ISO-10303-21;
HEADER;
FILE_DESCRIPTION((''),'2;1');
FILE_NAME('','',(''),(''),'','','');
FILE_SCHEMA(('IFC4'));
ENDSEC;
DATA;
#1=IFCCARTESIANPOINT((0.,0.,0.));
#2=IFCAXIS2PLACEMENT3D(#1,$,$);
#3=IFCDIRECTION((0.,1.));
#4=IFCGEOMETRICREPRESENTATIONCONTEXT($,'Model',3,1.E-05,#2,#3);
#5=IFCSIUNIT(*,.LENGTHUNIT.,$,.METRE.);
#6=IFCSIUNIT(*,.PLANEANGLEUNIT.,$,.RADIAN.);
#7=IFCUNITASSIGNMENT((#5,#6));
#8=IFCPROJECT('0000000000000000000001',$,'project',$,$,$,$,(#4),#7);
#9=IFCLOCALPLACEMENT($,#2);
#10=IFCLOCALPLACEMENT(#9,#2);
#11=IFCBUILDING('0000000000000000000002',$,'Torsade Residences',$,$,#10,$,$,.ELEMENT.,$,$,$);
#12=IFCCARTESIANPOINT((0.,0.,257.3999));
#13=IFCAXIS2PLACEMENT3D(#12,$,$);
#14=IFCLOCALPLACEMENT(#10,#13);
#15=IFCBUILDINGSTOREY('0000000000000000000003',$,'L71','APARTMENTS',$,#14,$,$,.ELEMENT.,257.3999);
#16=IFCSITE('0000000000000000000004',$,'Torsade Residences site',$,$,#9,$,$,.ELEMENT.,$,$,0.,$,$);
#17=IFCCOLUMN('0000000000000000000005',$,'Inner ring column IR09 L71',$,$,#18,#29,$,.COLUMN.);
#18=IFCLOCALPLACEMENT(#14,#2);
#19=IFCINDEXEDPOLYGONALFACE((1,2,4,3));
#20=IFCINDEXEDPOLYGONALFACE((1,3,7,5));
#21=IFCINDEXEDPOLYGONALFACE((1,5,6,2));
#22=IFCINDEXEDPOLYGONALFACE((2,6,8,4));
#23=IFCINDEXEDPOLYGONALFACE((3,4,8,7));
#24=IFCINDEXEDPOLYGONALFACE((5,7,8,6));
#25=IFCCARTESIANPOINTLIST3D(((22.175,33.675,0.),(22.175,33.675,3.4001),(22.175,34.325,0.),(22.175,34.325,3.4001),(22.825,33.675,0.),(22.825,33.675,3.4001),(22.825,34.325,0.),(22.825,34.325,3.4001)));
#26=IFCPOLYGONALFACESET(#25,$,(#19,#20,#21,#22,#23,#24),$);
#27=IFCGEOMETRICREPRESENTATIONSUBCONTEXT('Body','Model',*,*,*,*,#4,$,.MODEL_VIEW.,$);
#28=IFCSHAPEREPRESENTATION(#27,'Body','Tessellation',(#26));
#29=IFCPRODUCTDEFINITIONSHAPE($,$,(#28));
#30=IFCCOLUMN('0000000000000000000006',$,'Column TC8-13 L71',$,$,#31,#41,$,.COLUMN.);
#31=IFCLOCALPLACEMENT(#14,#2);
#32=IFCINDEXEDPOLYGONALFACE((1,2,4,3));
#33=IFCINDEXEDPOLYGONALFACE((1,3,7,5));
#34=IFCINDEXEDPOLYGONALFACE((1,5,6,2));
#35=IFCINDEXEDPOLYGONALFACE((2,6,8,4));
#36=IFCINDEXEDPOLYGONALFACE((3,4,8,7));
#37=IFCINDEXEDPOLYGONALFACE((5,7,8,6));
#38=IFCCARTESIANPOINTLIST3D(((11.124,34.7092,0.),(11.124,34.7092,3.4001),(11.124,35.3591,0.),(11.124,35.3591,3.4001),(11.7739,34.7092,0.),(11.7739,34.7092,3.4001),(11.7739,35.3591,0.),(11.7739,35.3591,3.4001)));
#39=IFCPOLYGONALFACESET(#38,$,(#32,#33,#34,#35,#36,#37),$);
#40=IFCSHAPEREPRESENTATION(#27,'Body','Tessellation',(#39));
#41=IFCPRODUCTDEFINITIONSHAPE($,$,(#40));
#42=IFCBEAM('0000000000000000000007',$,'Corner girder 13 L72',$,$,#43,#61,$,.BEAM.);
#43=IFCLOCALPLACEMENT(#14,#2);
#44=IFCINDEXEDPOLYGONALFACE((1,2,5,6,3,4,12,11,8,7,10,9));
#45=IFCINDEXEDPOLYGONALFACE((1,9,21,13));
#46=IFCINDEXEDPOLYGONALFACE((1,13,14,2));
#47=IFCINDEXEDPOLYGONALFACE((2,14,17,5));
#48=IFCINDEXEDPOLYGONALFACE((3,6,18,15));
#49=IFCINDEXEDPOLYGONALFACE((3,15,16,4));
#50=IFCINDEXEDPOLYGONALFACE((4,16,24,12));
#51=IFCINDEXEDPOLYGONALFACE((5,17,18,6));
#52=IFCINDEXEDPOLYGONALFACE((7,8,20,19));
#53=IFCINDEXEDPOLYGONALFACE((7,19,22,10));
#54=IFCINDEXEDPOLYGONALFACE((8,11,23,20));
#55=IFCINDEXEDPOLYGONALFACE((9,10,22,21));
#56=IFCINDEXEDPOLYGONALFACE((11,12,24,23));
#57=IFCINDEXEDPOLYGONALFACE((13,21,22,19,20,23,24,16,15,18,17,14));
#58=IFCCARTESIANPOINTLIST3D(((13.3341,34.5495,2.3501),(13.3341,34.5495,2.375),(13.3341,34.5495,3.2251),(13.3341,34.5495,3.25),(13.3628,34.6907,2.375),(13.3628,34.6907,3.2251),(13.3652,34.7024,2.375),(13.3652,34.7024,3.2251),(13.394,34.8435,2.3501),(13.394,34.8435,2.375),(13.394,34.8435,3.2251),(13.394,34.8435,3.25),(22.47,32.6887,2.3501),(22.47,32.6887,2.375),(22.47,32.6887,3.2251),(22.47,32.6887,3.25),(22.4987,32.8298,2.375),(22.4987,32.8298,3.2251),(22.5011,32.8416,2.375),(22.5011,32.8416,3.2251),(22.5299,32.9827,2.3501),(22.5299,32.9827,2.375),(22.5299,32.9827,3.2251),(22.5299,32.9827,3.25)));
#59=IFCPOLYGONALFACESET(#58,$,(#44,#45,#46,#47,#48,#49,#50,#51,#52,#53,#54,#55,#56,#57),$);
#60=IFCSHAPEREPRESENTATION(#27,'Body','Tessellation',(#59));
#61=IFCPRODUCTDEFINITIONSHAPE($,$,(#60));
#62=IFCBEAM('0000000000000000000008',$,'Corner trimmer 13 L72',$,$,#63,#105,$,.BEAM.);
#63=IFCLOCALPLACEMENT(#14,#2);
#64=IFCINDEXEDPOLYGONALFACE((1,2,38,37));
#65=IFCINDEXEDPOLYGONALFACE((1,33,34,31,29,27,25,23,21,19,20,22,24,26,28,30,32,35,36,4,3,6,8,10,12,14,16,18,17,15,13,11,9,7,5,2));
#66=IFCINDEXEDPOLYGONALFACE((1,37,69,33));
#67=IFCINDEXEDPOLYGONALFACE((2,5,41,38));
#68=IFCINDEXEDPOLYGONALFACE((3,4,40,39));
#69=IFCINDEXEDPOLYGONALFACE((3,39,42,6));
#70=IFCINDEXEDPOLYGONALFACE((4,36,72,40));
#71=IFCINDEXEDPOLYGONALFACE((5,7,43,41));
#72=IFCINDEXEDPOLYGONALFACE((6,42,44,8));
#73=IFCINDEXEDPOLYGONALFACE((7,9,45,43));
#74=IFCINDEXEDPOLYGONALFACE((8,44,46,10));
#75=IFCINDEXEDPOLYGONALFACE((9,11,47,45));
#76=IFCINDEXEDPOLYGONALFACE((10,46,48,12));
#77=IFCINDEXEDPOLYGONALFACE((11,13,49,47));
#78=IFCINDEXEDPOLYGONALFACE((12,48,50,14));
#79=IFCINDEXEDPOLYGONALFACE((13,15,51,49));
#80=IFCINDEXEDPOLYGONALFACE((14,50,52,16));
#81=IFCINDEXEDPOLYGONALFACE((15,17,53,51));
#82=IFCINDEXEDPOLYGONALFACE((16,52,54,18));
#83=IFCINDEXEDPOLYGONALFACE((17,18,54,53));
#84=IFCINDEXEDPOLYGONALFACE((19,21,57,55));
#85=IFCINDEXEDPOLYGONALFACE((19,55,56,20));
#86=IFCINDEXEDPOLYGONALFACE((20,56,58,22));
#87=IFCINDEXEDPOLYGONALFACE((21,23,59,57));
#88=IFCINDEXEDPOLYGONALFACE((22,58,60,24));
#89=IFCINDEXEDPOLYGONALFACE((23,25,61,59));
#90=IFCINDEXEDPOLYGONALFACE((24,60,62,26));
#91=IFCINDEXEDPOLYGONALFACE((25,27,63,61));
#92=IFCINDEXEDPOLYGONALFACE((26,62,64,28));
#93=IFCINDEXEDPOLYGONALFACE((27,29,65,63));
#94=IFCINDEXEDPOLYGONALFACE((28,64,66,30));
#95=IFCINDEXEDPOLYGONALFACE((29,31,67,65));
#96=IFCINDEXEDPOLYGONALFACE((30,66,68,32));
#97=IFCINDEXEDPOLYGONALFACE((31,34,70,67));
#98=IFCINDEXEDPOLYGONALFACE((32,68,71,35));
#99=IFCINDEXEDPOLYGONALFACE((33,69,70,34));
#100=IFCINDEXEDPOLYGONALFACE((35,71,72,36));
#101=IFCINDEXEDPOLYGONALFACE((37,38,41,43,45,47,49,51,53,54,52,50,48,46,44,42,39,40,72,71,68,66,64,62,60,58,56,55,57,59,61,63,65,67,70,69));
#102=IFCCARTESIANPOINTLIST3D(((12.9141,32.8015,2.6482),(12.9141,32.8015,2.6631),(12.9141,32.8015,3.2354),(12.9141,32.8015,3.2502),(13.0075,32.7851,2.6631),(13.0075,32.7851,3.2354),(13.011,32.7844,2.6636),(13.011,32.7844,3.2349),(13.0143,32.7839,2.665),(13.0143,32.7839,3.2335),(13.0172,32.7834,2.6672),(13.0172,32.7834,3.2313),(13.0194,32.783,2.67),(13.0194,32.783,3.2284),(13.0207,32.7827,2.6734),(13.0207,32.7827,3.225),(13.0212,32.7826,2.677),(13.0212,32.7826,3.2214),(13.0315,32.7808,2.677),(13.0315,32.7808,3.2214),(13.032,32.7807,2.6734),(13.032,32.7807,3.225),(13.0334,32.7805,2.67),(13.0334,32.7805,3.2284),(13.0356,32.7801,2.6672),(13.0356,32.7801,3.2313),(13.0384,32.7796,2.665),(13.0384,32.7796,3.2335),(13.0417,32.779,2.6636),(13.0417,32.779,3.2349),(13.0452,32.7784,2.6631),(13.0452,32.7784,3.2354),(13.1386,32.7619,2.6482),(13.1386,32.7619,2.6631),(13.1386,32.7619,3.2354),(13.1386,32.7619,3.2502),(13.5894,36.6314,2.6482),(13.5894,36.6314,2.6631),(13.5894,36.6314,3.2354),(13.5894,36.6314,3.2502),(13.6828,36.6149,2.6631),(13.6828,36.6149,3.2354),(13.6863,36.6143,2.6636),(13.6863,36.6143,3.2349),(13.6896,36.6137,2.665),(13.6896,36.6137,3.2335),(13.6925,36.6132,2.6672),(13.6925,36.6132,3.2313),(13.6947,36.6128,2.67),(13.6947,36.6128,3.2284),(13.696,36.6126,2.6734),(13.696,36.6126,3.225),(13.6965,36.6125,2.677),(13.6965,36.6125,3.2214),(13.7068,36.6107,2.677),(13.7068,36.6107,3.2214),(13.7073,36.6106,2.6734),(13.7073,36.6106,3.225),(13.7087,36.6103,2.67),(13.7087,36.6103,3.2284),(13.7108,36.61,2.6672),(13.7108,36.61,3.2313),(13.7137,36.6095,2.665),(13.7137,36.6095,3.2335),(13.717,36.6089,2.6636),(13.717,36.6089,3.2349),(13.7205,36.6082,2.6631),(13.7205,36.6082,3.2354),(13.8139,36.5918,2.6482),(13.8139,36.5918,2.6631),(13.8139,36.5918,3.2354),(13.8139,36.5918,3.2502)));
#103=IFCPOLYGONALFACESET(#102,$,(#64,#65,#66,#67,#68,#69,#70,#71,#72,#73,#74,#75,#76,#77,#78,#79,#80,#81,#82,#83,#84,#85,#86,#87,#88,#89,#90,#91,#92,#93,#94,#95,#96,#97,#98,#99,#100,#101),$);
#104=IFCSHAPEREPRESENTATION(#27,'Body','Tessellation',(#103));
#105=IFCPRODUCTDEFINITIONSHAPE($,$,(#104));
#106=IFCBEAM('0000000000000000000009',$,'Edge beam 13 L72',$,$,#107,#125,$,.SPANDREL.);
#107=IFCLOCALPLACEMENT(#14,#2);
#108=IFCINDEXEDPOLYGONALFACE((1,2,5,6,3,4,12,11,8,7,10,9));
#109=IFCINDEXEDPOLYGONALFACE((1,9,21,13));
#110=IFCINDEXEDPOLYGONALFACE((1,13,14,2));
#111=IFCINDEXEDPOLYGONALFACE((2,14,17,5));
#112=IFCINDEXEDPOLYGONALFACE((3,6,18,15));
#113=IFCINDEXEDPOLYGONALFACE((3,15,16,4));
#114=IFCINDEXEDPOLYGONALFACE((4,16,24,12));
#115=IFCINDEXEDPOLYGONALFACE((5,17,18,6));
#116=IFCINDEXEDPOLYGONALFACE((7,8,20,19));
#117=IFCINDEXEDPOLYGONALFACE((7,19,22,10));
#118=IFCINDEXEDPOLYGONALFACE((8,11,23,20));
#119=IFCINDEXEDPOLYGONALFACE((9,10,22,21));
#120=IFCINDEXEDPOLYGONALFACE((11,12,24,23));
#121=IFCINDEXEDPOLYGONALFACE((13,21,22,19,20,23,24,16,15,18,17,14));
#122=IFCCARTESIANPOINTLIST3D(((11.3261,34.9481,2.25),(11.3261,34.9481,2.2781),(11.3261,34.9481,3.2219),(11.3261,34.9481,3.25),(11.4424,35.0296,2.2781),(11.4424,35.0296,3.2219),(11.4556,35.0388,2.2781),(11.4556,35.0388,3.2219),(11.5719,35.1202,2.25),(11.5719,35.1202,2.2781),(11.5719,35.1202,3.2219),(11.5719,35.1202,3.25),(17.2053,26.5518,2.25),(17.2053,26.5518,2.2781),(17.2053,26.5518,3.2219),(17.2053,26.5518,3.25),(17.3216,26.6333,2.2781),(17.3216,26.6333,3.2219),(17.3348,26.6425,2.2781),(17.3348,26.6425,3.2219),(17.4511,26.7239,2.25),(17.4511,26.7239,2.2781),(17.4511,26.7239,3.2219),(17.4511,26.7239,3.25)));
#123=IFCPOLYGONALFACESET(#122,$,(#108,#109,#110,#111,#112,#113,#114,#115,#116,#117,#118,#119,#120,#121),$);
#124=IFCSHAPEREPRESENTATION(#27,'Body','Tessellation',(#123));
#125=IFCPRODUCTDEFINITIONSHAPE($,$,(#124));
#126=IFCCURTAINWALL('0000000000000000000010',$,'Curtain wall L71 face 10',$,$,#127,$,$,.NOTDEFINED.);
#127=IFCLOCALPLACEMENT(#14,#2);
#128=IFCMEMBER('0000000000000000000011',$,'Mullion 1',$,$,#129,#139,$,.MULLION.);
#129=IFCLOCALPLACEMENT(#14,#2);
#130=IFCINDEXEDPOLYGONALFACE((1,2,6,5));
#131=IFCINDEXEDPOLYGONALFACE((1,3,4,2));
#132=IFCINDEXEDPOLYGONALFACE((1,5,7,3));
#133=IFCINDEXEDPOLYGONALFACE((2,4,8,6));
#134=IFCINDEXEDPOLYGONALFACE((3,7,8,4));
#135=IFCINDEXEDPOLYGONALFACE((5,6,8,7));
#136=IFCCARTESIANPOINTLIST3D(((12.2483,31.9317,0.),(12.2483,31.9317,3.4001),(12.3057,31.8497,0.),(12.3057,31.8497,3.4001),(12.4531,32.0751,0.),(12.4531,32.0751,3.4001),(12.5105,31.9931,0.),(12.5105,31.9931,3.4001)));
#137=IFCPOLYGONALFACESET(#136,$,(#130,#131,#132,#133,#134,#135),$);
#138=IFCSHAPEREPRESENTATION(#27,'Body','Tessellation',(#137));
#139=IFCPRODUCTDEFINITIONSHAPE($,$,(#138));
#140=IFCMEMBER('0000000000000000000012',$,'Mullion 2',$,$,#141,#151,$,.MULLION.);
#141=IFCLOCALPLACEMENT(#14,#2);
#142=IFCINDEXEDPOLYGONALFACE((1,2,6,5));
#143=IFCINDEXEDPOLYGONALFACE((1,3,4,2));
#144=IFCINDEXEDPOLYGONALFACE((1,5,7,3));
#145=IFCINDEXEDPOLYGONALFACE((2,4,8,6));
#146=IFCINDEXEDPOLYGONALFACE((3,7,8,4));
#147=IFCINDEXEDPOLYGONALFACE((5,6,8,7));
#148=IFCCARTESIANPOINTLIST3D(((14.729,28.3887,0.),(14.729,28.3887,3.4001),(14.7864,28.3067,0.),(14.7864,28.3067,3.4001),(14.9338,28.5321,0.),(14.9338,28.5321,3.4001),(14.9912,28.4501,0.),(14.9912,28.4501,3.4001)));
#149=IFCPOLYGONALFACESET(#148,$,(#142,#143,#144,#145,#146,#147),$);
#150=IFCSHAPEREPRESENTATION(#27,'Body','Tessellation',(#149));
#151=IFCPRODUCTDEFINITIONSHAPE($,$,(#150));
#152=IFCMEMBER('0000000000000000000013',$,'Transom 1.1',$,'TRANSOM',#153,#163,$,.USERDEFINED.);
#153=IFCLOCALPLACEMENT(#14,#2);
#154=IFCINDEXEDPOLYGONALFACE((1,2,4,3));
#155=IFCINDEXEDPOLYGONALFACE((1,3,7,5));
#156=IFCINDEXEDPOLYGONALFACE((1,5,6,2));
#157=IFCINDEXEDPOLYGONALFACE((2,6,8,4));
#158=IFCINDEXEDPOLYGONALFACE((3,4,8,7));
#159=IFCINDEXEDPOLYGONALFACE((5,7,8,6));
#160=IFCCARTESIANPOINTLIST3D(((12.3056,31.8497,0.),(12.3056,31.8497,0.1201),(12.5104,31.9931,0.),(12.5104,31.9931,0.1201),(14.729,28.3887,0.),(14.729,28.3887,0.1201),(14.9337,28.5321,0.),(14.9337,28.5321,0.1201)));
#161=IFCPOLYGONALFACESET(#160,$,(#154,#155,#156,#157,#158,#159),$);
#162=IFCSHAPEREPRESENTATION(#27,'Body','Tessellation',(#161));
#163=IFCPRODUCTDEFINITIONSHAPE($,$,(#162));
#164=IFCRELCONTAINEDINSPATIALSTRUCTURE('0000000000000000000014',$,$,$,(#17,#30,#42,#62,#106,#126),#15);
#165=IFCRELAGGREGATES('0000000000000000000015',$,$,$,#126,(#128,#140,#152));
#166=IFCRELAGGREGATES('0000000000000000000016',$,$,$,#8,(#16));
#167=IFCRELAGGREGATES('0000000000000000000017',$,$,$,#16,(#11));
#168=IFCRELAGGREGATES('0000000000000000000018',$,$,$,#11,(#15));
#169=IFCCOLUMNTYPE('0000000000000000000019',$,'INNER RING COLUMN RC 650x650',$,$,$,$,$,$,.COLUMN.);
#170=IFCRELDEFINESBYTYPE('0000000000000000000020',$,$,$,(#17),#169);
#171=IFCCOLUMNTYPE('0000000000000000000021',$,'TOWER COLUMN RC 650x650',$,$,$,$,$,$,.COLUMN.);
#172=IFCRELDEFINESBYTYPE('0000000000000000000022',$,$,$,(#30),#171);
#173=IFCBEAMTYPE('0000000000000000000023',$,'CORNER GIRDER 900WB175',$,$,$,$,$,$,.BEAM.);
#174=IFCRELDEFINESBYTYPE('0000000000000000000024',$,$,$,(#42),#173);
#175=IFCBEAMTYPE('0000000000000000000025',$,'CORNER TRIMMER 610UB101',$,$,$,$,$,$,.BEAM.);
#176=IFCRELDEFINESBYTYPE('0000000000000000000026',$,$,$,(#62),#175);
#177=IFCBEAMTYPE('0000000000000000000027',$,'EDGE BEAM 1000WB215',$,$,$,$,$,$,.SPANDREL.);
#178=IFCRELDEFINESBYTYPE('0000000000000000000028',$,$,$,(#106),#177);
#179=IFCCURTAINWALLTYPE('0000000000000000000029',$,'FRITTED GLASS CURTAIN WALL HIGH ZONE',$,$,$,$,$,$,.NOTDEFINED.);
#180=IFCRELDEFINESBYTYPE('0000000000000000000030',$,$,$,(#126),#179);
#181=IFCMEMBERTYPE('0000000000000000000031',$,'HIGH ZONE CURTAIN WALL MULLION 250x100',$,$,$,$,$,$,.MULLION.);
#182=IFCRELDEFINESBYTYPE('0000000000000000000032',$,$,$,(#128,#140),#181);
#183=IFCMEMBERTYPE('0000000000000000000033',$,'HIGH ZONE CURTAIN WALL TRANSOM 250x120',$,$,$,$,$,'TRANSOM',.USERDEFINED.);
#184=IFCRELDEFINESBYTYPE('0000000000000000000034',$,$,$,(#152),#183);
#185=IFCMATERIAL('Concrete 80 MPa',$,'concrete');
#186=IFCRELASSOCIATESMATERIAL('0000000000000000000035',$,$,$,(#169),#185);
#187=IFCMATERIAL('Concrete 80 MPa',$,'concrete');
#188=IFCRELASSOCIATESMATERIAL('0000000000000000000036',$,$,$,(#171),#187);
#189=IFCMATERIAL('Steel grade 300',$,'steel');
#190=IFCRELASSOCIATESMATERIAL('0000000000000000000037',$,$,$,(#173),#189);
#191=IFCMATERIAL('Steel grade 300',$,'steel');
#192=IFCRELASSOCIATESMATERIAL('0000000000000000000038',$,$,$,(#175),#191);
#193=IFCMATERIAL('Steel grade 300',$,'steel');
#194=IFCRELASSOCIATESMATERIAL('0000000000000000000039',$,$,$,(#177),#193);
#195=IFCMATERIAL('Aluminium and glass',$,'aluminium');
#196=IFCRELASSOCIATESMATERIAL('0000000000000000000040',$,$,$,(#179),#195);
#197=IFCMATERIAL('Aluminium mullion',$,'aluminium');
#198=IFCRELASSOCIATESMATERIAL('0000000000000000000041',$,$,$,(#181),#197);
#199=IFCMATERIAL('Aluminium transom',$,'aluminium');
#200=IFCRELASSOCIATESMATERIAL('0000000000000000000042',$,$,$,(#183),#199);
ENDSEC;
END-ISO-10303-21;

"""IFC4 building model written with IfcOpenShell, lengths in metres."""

from ifc_helpers import new_model, si_unit, direction, frame, origin, origin_2d, place, context, subcontext, project, spatial, rectangle, i_section, extrude, material, material_profile, profile_set, type_object, element, aggregate, save


model = new_model("IFC4")

# Units and contexts
model_context = context("Model", 3, precision=1e-05, world=origin(), true_north=direction((0.0, 1.0)))
body_context = subcontext(model_context, "Body", "Model", "MODEL_VIEW")
ifc_project = project(units=[si_unit("LENGTHUNIT", "METRE"), si_unit("PLANEANGLEUNIT", "RADIAN")], contexts=[model_context])

# Site, building, storey
site_placement = place(None, origin())
site = spatial("IfcSite", under=ifc_project, at=site_placement, Name="Torsade Residences site", CompositionType="ELEMENT", RefElevation=0.0)
building_placement = place(site_placement, origin())
building = spatial("IfcBuilding", under=site, at=building_placement, Name="Torsade Residences", CompositionType="ELEMENT")
storey_placement = place(building_placement, frame((0.0, 0.0, 257.3999)))
storey = spatial("IfcBuildingStorey", under=building, at=storey_placement, Name="L71", Description="APARTMENTS", CompositionType="ELEMENT", Elevation=257.3999)

# Columns
ifc_material_1 = material(Name="Concrete 80 MPa", Category="concrete")
ifc_material_profile_1 = material_profile(ifc_material_1, rectangle(XDim=0.6499, YDim=0.6499, at=origin_2d()), Name="RC 650x650")
ifc_profile_set_1 = profile_set([ifc_material_profile_1], Name="Concrete 80 MPa")
column_type_1 = type_object("IfcColumnType", Name="INNER RING COLUMN RC 650x650", PredefinedType="COLUMN", material=ifc_profile_set_1)
column_1_placement = place(storey_placement, frame((22.5, 34.0, 0.0), z_axis=(0.0, 0.0, 1.0), x_axis=(1.0, 0.0, 0.0)))
element("IfcColumn", 1, at=column_1_placement, inside=storey, type_object=column_type_1, Name="Inner ring column IR09 L71", PredefinedType="COLUMN", context=body_context, shape_type="SweptSolid", body=[
    extrude(rectangle(XDim=0.6499, YDim=0.6499, at=origin_2d()), origin(), (0.0, 0.0, 1.0), 3.4001),
])
ifc_material_2 = material(Name="Concrete 80 MPa", Category="concrete")
ifc_material_profile_2 = material_profile(ifc_material_2, rectangle(XDim=0.6499, YDim=0.6499, at=origin_2d()), Name="RC 650x650")
ifc_profile_set_2 = profile_set([ifc_material_profile_2], Name="Concrete 80 MPa")
column_type_2 = type_object("IfcColumnType", Name="TOWER COLUMN RC 650x650", PredefinedType="COLUMN", material=ifc_profile_set_2)
column_2_placement = place(storey_placement, frame((11.449, 35.0342, 0.0), z_axis=(0.0, 0.0, 1.0), x_axis=(1.0, 0.0, 0.0)))
element("IfcColumn", 2, at=column_2_placement, inside=storey, type_object=column_type_2, Name="Column TC8-13 L71", PredefinedType="COLUMN", context=body_context, shape_type="SweptSolid", body=[
    extrude(rectangle(XDim=0.6499, YDim=0.6499, at=origin_2d()), origin(), (0.0, 0.0, 1.0), 3.4001),
])

# Beams
ifc_material_3 = material(Name="Steel grade 300", Category="steel")
ifc_material_profile_3 = material_profile(ifc_material_3, i_section(OverallWidth=0.3, OverallDepth=0.8999, WebThickness=0.012, FlangeThickness=0.0249, at=origin_2d()), Name="900WB175")
ifc_profile_set_3 = profile_set([ifc_material_profile_3], Name="Steel grade 300")
beam_type_1 = type_object("IfcBeamType", Name="CORNER GIRDER 900WB175", PredefinedType="BEAM", material=ifc_profile_set_3)
beam_1_placement = place(storey_placement, frame((13.364, 34.6965, 2.8), z_axis=(0.979881, -0.199584, 0.0), x_axis=(0.199584, 0.979881, 0.0)))
element("IfcBeam", 3, at=beam_1_placement, inside=storey, type_object=beam_type_1, Name="Corner girder 13 L72", PredefinedType="BEAM", context=body_context, shape_type="SweptSolid", body=[
    extrude(i_section(OverallWidth=0.3, OverallDepth=0.8999, WebThickness=0.012, FlangeThickness=0.0249, at=origin_2d()), origin(), (0.0, 0.0, 1.0), 9.3235),
])
ifc_material_4 = material(Name="Steel grade 300", Category="steel")
ifc_material_profile_4 = material_profile(ifc_material_4, i_section(OverallWidth=0.228, OverallDepth=0.6021, WebThickness=0.0105, FlangeThickness=0.0149, FilletRadius=0.0139, at=origin_2d()), Name="610UB101")
ifc_profile_set_4 = profile_set([ifc_material_profile_4], Name="Steel grade 300")
beam_type_2 = type_object("IfcBeamType", Name="CORNER TRIMMER 610UB101", PredefinedType="BEAM", material=ifc_profile_set_4)
beam_2_placement = place(storey_placement, frame((13.0264, 32.7817, 2.9492), z_axis=(0.173646, 0.984808, 0.0), x_axis=(-0.984808, 0.173646, 0.0)))
element("IfcBeam", 4, at=beam_2_placement, inside=storey, type_object=beam_type_2, Name="Corner trimmer 13 L72", PredefinedType="BEAM", context=body_context, shape_type="SweptSolid", body=[
    extrude(i_section(OverallWidth=0.228, OverallDepth=0.6021, WebThickness=0.0105, FlangeThickness=0.0149, FilletRadius=0.0139, at=origin_2d()), origin(), (0.0, 0.0, 1.0), 3.8889),
])
ifc_material_5 = material(Name="Steel grade 300", Category="steel")
ifc_material_profile_5 = material_profile(ifc_material_5, i_section(OverallWidth=0.3, OverallDepth=1.0, WebThickness=0.0161, FlangeThickness=0.0281, at=origin_2d()), Name="1000WB215")
ifc_profile_set_5 = profile_set([ifc_material_profile_5], Name="Steel grade 300")
beam_type_3 = type_object("IfcBeamType", Name="EDGE BEAM 1000WB215", PredefinedType="SPANDREL", material=ifc_profile_set_5)
beam_3_placement = place(storey_placement, frame((11.449, 35.0342, 2.75), z_axis=(0.573579, -0.81915, 0.0), x_axis=(0.81915, 0.573579, 0.0)))
element("IfcBeam", 5, at=beam_3_placement, inside=storey, type_object=beam_type_3, Name="Edge beam 13 L72", PredefinedType="SPANDREL", context=body_context, shape_type="SweptSolid", body=[
    extrude(i_section(OverallWidth=0.3, OverallDepth=1.0, WebThickness=0.0161, FlangeThickness=0.0281, at=origin_2d()), origin(), (0.0, 0.0, 1.0), 10.25),
])

# Curtain wall, members
ifc_material_6 = material(Name="Aluminium and glass", Category="aluminium")
curtain_wall_type = type_object("IfcCurtainWallType", Name="FRITTED GLASS CURTAIN WALL HIGH ZONE", PredefinedType="NOTDEFINED", material=ifc_material_6)
curtain_wall_placement = place(storey_placement, origin())
curtain_wall = element("IfcCurtainWall", 6, at=curtain_wall_placement, inside=storey, type_object=curtain_wall_type, Name="Curtain wall L71 face 10", PredefinedType="NOTDEFINED")
ifc_material_7 = material(Name="Aluminium mullion", Category="aluminium")
ifc_material_profile_6 = material_profile(ifc_material_7, rectangle(XDim=0.25, YDim=0.1001, at=origin_2d()), Name="HIGH ZONE CURTAIN WALL MULLION 250x100")
ifc_profile_set_6 = profile_set([ifc_material_profile_6], Name="Aluminium mullion")
member_type_1 = type_object("IfcMemberType", Name="HIGH ZONE CURTAIN WALL MULLION 250x100", PredefinedType="MULLION", material=ifc_profile_set_6)
member_1_placement = place(storey_placement, frame((12.3794, 31.9624, 0.0), z_axis=(0.0, 0.0, 1.0), x_axis=(0.819152, 0.573576, 0.0)))
member_1 = element("IfcMember", 7, at=member_1_placement, type_object=member_type_1, Name="Mullion 1", PredefinedType="MULLION", context=body_context, shape_type="SweptSolid", body=[
    extrude(rectangle(XDim=0.25, YDim=0.1001, at=origin_2d()), origin(), (0.0, 0.0, 1.0), 3.4001),
])
member_2_placement = place(storey_placement, frame((14.8601, 28.4194, 0.0), z_axis=(0.0, 0.0, 1.0), x_axis=(0.819152, 0.573576, 0.0)))
member_2 = element("IfcMember", 8, at=member_2_placement, type_object=member_type_1, Name="Mullion 2", PredefinedType="MULLION", context=body_context, shape_type="SweptSolid", body=[
    extrude(rectangle(XDim=0.25, YDim=0.1001, at=origin_2d()), origin(), (0.0, 0.0, 1.0), 3.4001),
])
ifc_material_8 = material(Name="Aluminium transom", Category="aluminium")
ifc_material_profile_7 = material_profile(ifc_material_8, rectangle(XDim=0.25, YDim=0.1201, at=origin_2d()), Name="HIGH ZONE CURTAIN WALL TRANSOM 250x120")
ifc_profile_set_7 = profile_set([ifc_material_profile_7], Name="Aluminium transom")
member_type_2 = type_object("IfcMemberType", Name="HIGH ZONE CURTAIN WALL TRANSOM 250x120", ElementType="TRANSOM", PredefinedType="USERDEFINED", material=ifc_profile_set_7)
member_3_placement = place(storey_placement, frame((12.408, 31.9214, 0.0601), z_axis=(0.573571, -0.819156, 0.0), x_axis=(0.819156, 0.573571, 0.0)))
member_3 = element("IfcMember", 9, at=member_3_placement, type_object=member_type_2, Name="Transom 1.1", ObjectType="TRANSOM", PredefinedType="USERDEFINED", context=body_context, shape_type="SweptSolid", body=[
    extrude(rectangle(XDim=0.25, YDim=0.1201, at=origin_2d()), origin(), (0.0, 0.0, 1.0), 4.2251),
])

aggregate(curtain_wall, [member_1, member_2, member_3])

save(model, "model.ifc")
